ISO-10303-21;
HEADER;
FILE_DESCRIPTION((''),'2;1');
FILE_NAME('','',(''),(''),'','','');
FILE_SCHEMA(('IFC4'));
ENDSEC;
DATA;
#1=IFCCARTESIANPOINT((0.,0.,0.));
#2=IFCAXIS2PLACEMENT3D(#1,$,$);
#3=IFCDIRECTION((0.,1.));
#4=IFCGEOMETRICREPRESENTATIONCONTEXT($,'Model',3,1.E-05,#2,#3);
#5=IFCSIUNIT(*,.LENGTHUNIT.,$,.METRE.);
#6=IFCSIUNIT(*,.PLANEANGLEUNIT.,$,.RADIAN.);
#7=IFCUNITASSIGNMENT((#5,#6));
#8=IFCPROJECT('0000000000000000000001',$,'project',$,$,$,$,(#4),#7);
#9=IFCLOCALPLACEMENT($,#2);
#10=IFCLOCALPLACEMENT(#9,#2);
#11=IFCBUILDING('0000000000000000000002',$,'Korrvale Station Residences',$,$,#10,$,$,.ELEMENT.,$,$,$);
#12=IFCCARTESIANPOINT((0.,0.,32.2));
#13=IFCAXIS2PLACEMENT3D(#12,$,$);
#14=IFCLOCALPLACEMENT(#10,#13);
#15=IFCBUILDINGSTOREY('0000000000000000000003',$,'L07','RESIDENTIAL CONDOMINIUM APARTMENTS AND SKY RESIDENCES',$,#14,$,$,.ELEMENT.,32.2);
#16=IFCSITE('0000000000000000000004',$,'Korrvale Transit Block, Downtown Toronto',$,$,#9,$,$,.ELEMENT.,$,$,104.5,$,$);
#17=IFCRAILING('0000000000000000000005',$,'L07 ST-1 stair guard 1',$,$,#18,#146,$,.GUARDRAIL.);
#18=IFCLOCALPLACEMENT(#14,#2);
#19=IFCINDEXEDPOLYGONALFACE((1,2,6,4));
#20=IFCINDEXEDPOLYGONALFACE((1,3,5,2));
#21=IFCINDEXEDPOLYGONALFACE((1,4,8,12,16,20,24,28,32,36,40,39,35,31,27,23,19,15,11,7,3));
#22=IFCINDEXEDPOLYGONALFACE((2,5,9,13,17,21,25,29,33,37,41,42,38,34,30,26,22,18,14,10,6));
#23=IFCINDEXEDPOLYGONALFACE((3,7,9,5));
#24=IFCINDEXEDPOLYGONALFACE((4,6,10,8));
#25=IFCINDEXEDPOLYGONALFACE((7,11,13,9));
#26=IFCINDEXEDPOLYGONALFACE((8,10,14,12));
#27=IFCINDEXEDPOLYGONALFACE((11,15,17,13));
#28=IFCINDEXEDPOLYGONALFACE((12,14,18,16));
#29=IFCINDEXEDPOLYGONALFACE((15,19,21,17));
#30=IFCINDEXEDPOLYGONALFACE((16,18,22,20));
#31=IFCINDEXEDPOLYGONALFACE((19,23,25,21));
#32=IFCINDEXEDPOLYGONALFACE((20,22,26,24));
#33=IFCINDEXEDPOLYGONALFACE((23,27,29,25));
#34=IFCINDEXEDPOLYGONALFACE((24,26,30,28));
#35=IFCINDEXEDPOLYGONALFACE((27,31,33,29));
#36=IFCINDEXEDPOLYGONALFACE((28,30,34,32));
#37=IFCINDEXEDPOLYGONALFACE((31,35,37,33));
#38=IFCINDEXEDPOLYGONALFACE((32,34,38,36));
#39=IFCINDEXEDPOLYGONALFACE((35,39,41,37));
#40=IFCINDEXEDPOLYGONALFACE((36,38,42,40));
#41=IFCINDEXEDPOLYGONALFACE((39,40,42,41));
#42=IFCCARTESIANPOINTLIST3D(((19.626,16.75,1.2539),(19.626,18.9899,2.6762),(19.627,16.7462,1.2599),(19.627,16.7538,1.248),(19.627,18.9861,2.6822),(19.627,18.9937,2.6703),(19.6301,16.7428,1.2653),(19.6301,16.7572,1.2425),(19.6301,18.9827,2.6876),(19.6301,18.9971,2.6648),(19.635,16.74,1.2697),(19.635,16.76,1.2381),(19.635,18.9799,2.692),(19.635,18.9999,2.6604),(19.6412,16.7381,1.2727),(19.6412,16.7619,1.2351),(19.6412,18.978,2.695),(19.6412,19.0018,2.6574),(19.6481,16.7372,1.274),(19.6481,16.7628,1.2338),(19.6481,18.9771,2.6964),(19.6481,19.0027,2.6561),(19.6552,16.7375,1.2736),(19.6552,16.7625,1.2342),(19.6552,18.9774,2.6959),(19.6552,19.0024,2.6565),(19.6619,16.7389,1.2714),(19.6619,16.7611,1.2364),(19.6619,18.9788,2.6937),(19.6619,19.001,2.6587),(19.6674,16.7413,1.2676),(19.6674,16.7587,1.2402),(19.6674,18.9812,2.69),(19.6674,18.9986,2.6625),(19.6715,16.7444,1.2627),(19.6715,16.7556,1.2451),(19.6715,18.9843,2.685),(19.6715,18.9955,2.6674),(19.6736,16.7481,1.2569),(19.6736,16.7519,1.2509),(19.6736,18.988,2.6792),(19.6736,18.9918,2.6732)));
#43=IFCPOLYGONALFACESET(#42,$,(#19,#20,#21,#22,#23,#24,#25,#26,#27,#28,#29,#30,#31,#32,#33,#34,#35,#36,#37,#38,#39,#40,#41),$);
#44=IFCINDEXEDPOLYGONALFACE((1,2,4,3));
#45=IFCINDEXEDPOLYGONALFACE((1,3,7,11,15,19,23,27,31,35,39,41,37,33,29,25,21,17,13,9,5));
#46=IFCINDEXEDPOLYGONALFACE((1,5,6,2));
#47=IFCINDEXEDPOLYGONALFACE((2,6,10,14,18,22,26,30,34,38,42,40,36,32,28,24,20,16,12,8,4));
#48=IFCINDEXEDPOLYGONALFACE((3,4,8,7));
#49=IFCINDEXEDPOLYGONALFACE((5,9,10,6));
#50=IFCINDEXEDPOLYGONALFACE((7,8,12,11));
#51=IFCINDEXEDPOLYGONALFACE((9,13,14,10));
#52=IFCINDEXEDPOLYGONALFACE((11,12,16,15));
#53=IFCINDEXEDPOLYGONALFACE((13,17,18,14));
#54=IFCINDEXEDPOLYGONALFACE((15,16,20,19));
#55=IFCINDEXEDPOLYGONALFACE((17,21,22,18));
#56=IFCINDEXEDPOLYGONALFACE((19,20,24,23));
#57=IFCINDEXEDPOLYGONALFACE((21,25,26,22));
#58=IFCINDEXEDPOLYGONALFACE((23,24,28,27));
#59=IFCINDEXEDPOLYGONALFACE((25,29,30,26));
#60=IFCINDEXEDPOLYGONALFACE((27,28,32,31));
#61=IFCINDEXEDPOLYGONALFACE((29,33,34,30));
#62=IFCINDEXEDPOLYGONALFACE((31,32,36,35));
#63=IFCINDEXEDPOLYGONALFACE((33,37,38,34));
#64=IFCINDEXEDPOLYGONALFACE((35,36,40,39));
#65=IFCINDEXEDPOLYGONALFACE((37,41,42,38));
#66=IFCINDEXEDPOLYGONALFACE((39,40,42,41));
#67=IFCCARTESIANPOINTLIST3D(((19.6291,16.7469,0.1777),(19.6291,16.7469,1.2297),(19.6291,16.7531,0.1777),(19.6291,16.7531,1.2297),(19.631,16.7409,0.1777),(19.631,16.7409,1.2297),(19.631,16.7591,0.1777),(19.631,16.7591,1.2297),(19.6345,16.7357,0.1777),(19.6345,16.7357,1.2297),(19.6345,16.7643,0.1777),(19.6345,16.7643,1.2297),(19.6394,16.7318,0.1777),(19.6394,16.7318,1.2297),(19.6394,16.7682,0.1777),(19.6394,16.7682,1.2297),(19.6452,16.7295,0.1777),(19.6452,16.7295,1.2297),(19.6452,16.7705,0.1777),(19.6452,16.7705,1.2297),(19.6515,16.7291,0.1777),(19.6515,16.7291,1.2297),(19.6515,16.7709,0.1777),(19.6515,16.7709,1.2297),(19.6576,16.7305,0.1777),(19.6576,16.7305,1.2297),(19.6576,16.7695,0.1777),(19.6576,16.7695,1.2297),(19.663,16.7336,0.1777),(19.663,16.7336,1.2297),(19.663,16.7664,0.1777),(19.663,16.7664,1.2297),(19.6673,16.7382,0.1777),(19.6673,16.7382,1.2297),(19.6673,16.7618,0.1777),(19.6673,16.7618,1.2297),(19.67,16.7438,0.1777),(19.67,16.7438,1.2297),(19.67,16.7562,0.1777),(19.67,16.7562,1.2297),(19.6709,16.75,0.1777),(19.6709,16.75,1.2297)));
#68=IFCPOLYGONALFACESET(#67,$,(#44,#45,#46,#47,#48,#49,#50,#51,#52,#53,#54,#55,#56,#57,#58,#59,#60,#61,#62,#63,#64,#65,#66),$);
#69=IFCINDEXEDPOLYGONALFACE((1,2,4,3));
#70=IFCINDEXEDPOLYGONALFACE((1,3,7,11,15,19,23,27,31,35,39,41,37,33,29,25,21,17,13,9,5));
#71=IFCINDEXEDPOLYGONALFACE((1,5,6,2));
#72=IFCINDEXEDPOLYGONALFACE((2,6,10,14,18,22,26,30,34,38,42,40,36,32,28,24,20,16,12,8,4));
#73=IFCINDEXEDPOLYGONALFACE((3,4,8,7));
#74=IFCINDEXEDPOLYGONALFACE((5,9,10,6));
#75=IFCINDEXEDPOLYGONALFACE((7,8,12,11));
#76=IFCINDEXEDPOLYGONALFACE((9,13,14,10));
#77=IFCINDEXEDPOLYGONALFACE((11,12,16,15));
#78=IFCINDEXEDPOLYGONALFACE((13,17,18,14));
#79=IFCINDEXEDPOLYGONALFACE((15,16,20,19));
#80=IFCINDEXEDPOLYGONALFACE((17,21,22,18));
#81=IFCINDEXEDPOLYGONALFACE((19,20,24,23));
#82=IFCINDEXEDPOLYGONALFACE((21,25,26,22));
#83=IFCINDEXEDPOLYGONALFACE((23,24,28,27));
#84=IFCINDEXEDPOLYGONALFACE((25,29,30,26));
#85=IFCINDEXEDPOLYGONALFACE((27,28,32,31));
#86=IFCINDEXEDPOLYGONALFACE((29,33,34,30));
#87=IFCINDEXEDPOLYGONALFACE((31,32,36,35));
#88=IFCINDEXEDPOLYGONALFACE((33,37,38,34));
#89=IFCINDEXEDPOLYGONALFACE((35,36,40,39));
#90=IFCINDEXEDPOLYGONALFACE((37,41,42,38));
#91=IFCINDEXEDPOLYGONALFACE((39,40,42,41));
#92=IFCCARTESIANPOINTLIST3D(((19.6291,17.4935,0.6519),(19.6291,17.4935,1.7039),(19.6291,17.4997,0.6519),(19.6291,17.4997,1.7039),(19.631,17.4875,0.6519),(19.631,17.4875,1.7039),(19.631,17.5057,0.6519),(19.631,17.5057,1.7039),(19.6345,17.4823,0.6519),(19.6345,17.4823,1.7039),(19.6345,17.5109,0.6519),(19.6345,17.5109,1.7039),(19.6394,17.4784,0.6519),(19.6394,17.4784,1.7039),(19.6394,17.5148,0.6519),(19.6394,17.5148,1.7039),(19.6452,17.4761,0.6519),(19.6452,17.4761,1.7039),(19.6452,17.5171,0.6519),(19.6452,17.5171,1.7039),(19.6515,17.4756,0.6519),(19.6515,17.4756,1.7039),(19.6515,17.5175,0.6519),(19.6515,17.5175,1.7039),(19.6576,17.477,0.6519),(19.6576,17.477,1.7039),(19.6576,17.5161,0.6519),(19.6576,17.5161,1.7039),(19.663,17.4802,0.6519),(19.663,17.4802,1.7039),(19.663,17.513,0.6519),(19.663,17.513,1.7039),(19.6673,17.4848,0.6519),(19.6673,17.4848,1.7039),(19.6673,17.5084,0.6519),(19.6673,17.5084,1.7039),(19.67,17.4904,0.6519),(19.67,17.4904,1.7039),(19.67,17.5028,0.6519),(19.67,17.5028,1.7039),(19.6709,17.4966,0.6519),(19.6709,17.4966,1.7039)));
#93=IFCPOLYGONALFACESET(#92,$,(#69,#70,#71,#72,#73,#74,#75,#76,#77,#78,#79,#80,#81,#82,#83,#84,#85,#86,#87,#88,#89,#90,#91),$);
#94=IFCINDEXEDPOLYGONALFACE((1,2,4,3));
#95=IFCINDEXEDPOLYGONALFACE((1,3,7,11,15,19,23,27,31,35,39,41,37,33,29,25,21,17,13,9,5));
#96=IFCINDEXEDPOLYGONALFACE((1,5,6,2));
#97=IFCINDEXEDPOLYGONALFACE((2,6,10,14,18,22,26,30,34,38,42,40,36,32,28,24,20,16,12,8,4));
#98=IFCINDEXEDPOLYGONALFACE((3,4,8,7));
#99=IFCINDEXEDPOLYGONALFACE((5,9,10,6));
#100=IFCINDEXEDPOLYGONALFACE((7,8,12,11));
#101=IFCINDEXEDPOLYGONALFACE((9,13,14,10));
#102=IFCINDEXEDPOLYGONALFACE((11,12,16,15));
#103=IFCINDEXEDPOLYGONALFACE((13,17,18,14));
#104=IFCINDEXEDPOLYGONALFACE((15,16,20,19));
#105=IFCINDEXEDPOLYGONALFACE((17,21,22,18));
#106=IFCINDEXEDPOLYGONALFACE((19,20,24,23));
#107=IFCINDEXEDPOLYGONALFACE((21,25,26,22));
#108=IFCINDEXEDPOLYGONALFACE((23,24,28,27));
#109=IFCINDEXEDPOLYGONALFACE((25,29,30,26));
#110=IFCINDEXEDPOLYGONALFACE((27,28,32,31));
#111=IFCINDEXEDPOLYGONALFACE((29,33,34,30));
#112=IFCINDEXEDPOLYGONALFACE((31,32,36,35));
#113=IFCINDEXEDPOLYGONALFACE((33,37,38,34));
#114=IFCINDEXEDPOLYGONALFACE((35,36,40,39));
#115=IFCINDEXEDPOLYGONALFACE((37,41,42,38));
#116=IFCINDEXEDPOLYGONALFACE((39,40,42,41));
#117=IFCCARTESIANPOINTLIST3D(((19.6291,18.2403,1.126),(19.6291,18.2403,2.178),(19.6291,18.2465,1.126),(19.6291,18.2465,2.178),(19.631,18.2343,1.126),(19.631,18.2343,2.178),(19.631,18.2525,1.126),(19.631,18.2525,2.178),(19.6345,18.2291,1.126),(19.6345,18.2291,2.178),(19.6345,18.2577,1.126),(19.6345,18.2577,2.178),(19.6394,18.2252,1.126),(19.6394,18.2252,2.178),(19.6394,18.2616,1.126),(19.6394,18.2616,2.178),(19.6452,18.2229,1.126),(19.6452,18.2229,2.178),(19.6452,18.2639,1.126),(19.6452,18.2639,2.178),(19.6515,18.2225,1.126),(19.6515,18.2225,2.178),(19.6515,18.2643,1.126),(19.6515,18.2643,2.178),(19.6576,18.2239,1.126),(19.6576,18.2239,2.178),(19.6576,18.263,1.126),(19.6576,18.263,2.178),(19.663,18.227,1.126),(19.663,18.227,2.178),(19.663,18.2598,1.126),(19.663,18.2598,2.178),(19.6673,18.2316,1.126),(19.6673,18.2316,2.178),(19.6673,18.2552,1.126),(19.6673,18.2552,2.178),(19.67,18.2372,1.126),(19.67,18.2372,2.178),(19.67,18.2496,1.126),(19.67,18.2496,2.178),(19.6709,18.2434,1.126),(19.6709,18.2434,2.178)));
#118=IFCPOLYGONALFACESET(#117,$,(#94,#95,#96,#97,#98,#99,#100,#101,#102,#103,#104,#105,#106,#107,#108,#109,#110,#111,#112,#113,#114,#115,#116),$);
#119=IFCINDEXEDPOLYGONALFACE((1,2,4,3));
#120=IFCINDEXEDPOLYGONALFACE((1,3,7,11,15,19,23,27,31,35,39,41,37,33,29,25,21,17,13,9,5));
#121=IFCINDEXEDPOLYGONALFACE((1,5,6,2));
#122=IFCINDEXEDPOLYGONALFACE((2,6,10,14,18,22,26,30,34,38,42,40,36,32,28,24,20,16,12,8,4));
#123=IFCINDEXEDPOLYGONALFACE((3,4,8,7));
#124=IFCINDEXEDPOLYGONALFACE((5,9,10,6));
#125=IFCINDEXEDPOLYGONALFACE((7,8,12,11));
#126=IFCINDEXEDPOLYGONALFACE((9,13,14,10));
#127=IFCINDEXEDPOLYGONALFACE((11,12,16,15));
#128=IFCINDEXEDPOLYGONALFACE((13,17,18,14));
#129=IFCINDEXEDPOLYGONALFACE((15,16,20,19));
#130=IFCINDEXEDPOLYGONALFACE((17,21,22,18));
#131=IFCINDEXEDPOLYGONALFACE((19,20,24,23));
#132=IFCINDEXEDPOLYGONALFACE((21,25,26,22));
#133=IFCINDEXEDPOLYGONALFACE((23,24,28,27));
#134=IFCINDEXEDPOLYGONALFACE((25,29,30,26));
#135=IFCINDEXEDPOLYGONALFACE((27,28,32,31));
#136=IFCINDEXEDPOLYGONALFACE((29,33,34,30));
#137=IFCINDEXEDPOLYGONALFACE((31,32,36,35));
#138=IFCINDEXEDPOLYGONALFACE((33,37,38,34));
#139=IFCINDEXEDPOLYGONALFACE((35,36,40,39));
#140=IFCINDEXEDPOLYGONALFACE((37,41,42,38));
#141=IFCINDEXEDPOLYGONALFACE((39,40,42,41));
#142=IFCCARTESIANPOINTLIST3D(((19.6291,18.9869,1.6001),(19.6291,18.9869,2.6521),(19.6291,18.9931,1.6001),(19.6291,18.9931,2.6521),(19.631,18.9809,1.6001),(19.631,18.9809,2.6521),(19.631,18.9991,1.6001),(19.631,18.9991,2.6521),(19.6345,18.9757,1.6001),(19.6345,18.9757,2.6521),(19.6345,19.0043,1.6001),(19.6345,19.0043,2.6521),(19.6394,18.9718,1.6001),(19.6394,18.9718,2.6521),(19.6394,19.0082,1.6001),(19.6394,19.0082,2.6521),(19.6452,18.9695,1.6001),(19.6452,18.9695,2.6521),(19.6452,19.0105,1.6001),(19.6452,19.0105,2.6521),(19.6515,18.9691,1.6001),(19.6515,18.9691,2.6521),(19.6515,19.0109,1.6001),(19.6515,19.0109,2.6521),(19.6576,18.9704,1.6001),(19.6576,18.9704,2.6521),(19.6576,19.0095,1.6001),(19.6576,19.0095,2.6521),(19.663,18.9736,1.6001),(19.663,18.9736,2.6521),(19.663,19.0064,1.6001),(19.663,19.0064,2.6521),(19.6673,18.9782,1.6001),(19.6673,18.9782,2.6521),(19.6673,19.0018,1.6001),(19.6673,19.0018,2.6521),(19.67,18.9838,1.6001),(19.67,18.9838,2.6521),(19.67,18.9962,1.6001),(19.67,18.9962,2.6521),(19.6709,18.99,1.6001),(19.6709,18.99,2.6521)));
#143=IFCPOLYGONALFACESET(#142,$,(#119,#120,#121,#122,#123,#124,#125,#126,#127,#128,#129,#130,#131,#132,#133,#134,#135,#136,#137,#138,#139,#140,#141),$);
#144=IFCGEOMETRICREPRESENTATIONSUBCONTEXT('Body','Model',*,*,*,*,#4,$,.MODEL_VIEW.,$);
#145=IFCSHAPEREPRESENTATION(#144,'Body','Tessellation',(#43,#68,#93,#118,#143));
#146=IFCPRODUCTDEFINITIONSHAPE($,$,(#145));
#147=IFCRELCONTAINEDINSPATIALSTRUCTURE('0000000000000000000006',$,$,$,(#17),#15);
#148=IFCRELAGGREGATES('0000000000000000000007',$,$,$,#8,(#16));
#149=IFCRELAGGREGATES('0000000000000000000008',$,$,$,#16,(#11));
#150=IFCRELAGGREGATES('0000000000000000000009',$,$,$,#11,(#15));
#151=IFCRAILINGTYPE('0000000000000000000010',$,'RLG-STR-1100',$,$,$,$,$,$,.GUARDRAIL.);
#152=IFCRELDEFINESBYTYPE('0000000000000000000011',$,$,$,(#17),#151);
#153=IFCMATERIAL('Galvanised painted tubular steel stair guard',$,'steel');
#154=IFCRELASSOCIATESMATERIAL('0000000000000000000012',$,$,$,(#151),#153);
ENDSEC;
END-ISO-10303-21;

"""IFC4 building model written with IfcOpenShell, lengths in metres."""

from ifc_helpers import new_model, si_unit, direction, frame, origin, origin_2d, place, context, subcontext, project, spatial, circle, extrude, material, type_object, element, save


model = new_model("IFC4")

# Units and contexts
model_context = context("Model", 3, precision=1e-05, world=origin(), true_north=direction((0.0, 1.0)))
body_context = subcontext(model_context, "Body", "Model", "MODEL_VIEW")
ifc_project = project(units=[si_unit("LENGTHUNIT", "METRE"), si_unit("PLANEANGLEUNIT", "RADIAN")], contexts=[model_context])

# Site, building, storey
site_placement = place(None, origin())
site = spatial("IfcSite", under=ifc_project, at=site_placement, Name="Korrvale Transit Block, Downtown Toronto", CompositionType="ELEMENT", RefElevation=104.5)
building_placement = place(site_placement, origin())
building = spatial("IfcBuilding", under=site, at=building_placement, Name="Korrvale Station Residences", CompositionType="ELEMENT")
storey_placement = place(building_placement, frame((0.0, 0.0, 32.2)))
storey = spatial("IfcBuildingStorey", under=building, at=storey_placement, Name="L07", Description="RESIDENTIAL CONDOMINIUM APARTMENTS AND SKY RESIDENCES", CompositionType="ELEMENT", Elevation=32.2)

# Railing
ifc_material_1 = material(Name="Galvanised painted tubular steel stair guard", Category="steel")
railing_type_1 = type_object("IfcRailingType", Name="RLG-STR-1100", PredefinedType="GUARDRAIL", material=ifc_material_1)
railing_1_placement = place(storey_placement, frame((19.6499, 16.75, 0.1777)))
element("IfcRailing", 1, at=railing_1_placement, inside=storey, type_object=railing_type_1, Name="L07 ST-1 stair guard 1", PredefinedType="GUARDRAIL", context=body_context, shape_type="SweptSolid", body=[
    extrude(circle(Radius=0.0239, at=origin_2d()), frame((0.0, 0.0, 1.0762), z_axis=(0.0, 0.844188, 0.536048), x_axis=(-1.0, 0.0, 0.0)), (0.0, 0.0, 1.0), 2.6533),
    extrude(circle(Radius=0.021, at=origin_2d()), origin(), (0.0, 0.0, 1.0), 1.052),
    extrude(circle(Radius=0.021, at=origin_2d()), frame((0.0, 0.7466, 0.4741)), (0.0, 0.0, 1.0), 1.052),
    extrude(circle(Radius=0.021, at=origin_2d()), frame((0.0, 1.4934, 0.9482)), (0.0, 0.0, 1.0), 1.052),
    extrude(circle(Radius=0.021, at=origin_2d()), frame((0.0, 2.24, 1.4224)), (0.0, 0.0, 1.0), 1.052),
])

save(model, "model.ifc")
